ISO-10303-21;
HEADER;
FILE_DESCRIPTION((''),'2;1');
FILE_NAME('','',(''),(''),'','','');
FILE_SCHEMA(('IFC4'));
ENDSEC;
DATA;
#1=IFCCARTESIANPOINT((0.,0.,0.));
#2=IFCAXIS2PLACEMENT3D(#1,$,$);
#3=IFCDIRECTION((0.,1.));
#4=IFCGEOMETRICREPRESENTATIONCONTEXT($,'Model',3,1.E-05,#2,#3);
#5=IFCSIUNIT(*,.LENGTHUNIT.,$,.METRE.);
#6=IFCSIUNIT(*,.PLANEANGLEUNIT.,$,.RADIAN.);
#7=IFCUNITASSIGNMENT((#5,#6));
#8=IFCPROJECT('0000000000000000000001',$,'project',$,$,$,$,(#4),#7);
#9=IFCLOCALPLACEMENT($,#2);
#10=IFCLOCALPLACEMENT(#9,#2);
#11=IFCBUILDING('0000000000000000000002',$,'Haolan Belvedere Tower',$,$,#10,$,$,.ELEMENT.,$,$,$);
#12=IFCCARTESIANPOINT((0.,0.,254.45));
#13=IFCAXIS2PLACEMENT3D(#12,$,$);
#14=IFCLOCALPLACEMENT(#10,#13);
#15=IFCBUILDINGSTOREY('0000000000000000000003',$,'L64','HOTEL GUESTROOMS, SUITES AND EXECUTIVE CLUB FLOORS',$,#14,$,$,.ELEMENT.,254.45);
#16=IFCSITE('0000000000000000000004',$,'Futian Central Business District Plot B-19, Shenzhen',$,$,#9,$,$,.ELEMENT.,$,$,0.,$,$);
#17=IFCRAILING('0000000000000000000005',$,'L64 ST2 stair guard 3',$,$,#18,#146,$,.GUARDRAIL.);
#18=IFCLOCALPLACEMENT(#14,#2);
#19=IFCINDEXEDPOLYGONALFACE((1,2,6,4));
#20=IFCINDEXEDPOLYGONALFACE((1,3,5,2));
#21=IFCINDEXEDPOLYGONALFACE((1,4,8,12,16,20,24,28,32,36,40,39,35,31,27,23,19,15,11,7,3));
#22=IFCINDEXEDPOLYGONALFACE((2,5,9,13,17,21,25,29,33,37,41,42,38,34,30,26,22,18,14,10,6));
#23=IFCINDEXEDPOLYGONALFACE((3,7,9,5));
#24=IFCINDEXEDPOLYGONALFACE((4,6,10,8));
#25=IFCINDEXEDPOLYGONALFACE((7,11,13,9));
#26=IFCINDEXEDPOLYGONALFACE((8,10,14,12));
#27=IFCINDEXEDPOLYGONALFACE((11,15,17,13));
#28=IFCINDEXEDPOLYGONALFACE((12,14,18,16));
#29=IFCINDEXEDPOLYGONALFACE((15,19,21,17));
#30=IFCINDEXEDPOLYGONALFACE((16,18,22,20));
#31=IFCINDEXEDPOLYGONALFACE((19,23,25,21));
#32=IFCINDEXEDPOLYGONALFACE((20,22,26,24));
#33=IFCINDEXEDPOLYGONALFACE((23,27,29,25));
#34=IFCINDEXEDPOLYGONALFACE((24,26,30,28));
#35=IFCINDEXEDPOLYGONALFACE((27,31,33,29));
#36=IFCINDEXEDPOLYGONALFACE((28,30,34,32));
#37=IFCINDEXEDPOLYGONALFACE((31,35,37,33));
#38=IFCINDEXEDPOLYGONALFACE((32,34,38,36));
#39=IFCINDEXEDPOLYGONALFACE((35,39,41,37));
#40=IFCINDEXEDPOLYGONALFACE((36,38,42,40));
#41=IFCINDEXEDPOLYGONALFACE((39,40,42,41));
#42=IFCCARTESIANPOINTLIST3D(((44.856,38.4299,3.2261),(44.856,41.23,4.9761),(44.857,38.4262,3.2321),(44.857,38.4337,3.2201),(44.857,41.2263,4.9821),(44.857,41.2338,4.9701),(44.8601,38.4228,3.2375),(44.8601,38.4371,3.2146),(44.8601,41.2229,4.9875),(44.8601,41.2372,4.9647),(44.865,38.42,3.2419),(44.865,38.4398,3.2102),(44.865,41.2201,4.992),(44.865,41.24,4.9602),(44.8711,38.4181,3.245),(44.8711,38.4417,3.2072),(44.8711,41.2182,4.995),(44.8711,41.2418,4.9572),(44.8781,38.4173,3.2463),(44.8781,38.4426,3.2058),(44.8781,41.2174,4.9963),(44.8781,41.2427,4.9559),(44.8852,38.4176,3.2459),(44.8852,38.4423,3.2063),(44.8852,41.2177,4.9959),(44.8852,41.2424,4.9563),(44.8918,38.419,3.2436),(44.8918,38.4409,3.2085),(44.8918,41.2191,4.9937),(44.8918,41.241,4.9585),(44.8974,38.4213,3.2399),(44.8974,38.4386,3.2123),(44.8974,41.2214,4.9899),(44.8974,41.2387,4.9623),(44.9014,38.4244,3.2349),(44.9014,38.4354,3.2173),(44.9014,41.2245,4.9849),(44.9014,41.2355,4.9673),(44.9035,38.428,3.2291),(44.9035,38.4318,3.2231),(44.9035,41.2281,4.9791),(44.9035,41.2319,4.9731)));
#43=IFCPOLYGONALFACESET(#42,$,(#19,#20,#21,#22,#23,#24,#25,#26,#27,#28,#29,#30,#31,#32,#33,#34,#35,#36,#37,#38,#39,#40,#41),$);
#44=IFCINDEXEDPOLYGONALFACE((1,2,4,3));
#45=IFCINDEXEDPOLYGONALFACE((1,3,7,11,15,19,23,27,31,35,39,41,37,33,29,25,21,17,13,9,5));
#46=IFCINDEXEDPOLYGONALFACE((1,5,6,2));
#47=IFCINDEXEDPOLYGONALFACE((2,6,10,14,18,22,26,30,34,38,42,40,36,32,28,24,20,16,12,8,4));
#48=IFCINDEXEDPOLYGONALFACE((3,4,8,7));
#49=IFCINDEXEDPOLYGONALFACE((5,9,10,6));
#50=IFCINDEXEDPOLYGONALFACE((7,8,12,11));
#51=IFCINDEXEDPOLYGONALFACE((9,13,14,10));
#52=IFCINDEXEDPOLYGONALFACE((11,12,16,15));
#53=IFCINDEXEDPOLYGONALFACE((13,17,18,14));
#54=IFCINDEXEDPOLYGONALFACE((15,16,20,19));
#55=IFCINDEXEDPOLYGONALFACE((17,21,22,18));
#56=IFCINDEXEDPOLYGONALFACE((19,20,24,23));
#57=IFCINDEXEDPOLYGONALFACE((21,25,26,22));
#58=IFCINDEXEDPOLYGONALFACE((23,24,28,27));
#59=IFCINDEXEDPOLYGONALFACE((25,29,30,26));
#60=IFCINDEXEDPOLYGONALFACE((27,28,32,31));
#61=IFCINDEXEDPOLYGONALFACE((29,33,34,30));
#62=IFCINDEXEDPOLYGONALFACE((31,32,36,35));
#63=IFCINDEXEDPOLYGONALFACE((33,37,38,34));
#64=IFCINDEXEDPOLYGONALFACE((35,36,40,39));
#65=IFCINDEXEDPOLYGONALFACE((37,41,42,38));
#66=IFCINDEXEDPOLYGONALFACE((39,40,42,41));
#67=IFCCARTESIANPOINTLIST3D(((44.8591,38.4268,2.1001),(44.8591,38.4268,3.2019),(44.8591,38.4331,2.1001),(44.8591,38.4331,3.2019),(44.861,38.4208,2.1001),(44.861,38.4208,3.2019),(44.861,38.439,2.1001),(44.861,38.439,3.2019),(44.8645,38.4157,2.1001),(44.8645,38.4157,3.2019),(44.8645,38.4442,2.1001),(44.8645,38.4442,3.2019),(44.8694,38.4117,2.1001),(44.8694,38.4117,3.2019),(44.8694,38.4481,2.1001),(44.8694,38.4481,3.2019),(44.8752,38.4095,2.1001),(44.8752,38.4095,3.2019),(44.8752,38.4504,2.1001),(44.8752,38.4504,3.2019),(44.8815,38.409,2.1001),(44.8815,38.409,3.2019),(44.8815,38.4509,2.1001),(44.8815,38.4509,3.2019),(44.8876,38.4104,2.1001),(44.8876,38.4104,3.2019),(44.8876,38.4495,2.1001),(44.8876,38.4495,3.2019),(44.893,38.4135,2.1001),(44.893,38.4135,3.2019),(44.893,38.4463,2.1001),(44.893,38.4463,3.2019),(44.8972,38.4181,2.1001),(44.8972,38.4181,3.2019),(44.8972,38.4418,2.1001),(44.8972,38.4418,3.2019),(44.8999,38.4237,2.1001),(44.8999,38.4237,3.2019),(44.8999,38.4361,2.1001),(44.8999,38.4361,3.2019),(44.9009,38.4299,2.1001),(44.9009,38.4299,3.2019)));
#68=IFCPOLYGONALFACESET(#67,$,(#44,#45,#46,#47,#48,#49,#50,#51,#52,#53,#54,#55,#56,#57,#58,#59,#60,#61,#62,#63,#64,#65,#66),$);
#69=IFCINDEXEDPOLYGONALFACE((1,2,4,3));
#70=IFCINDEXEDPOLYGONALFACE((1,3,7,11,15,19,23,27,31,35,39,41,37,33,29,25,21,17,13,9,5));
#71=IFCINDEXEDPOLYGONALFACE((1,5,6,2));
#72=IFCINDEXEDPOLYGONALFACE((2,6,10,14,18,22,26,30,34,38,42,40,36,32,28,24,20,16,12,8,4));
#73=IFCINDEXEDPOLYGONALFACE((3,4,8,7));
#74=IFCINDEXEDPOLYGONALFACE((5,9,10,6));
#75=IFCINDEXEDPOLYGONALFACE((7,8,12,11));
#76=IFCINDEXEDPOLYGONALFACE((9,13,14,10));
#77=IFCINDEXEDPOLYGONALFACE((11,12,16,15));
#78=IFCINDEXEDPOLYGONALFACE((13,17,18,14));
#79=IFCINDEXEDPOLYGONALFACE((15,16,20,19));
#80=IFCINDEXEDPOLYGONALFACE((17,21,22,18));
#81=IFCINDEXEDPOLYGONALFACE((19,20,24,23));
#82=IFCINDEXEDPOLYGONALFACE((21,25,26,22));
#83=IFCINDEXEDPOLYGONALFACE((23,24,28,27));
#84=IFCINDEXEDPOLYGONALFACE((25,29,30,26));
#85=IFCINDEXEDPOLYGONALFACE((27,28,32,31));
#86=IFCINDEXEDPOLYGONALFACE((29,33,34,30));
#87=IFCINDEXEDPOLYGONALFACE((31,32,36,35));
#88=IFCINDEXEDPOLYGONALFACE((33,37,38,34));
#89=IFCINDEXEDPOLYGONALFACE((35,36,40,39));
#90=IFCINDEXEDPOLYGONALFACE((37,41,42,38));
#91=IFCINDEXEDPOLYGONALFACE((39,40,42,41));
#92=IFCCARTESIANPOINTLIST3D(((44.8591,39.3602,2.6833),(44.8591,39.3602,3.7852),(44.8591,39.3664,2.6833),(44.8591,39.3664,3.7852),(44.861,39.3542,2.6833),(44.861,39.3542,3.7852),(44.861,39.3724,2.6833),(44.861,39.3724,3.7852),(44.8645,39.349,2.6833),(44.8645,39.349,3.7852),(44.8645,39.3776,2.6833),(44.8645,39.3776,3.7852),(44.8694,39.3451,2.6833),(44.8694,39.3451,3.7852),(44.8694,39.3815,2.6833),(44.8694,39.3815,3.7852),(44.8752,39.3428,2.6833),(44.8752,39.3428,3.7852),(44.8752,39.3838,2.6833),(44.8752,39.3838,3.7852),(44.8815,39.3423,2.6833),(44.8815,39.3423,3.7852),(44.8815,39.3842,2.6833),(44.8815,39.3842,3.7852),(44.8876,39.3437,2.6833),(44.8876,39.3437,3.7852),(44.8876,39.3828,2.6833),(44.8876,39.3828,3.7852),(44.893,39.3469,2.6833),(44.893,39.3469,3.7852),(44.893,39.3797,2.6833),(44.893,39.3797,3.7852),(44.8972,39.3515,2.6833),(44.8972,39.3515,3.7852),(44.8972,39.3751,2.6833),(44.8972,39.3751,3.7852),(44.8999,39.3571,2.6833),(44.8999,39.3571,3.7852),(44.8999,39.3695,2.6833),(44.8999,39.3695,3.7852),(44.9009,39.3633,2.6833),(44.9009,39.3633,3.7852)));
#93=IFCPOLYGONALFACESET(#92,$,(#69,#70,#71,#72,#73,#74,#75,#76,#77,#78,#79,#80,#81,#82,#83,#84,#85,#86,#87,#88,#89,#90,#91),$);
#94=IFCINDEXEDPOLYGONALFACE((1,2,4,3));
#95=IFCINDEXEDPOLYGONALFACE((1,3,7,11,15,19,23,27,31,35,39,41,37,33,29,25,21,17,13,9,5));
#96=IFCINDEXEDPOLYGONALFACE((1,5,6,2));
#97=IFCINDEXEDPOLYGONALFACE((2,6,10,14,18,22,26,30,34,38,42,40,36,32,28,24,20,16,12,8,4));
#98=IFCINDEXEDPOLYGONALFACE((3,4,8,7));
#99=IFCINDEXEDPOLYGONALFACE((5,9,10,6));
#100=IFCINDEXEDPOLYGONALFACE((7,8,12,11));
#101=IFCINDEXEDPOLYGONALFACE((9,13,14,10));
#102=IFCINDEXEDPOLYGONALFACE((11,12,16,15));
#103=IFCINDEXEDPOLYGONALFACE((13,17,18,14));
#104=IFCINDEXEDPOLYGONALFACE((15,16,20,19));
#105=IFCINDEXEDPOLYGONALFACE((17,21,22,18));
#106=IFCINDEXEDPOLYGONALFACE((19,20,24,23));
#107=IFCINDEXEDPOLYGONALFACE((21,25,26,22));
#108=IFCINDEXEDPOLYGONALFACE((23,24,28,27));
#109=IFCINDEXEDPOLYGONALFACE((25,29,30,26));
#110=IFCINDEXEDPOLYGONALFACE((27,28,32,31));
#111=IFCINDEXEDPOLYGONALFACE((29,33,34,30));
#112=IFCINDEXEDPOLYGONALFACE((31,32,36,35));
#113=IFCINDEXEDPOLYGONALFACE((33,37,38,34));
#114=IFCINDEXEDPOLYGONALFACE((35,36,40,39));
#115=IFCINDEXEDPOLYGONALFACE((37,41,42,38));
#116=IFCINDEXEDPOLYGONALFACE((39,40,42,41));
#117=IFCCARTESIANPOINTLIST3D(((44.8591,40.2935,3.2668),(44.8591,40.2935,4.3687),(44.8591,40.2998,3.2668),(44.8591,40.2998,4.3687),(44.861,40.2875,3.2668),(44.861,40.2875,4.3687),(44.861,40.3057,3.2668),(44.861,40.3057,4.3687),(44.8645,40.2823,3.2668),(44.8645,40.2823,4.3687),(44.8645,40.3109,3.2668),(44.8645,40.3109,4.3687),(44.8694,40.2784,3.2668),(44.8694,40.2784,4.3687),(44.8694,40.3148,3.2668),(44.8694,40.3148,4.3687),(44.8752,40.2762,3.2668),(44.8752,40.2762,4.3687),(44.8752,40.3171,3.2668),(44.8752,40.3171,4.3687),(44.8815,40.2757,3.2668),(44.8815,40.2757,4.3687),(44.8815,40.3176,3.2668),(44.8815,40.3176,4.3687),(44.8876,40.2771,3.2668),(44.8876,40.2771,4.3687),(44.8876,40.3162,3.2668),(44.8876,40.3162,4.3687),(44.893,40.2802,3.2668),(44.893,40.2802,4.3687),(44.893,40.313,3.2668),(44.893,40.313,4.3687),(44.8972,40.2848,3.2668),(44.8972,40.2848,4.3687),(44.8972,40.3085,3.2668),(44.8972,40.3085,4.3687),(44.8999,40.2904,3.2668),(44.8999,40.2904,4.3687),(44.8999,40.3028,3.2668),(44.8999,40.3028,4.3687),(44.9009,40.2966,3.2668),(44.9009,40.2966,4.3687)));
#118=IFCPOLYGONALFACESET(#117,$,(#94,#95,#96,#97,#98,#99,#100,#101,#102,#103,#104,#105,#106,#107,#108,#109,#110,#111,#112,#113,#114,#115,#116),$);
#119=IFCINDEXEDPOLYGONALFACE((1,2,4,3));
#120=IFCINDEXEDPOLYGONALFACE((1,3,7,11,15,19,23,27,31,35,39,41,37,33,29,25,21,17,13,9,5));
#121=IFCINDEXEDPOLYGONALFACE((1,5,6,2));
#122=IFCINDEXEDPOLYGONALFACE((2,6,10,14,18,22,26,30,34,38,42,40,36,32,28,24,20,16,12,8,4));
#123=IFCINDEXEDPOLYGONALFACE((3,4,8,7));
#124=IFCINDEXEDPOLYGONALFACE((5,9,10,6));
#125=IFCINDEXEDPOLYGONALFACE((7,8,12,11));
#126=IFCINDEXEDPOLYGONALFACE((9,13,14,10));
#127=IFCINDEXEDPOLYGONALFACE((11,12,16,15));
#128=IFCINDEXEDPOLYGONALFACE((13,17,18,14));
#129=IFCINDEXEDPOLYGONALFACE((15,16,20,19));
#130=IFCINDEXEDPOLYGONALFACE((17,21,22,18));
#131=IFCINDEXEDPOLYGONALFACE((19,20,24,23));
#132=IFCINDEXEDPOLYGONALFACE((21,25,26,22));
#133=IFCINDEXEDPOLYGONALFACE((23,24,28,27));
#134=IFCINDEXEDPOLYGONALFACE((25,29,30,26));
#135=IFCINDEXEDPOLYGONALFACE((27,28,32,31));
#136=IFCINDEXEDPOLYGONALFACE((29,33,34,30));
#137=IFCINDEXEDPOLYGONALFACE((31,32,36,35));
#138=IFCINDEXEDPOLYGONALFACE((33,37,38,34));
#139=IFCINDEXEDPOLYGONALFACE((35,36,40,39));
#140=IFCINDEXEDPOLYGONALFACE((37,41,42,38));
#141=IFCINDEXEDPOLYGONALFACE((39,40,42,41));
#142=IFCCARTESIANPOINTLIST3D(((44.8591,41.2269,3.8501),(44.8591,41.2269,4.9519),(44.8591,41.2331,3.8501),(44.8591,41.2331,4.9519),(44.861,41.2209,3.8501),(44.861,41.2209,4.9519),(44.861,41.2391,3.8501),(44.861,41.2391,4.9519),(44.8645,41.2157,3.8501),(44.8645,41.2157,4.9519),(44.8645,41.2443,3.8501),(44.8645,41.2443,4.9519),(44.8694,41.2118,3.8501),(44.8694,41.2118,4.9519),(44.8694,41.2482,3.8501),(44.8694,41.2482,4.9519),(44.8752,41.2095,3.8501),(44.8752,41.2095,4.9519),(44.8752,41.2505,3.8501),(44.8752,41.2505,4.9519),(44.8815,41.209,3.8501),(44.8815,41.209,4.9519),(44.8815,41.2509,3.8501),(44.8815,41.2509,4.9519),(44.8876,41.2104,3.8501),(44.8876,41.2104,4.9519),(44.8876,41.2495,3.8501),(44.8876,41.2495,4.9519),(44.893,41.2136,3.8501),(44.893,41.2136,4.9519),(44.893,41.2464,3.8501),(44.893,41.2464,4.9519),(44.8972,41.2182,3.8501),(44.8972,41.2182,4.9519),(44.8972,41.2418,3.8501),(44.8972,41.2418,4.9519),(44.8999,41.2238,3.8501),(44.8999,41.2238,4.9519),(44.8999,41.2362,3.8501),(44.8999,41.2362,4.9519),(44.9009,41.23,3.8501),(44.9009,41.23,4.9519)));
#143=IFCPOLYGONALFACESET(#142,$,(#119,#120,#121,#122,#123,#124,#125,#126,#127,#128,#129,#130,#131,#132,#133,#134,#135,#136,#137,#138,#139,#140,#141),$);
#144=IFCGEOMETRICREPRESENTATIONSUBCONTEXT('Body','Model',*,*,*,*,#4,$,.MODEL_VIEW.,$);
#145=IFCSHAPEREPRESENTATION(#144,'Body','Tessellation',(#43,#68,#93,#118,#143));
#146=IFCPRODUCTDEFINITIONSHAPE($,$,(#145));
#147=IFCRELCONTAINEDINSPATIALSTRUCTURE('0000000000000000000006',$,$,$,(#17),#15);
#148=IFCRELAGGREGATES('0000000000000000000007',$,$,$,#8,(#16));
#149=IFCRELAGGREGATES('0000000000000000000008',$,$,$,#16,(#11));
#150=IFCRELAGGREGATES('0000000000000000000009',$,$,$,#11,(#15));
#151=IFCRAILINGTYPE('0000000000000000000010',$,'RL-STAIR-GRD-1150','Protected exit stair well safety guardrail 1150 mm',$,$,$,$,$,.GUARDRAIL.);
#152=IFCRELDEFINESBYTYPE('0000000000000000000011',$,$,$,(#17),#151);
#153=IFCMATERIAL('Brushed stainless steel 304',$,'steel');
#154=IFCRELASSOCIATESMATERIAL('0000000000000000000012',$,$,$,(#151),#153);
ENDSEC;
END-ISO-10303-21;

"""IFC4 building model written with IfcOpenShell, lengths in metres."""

from ifc_helpers import new_model, si_unit, direction, frame, origin, origin_2d, place, context, subcontext, project, spatial, circle, extrude, material, type_object, element, save


model = new_model("IFC4")

# Units and contexts
model_context = context("Model", 3, precision=1e-05, world=origin(), true_north=direction((0.0, 1.0)))
body_context = subcontext(model_context, "Body", "Model", "MODEL_VIEW")
ifc_project = project(units=[si_unit("LENGTHUNIT", "METRE"), si_unit("PLANEANGLEUNIT", "RADIAN")], contexts=[model_context])

# Site, building, storey
site_placement = place(None, origin())
site = spatial("IfcSite", under=ifc_project, at=site_placement, Name="Futian Central Business District Plot B-19, Shenzhen", CompositionType="ELEMENT", RefElevation=0.0)
building_placement = place(site_placement, origin())
building = spatial("IfcBuilding", under=site, at=building_placement, Name="Haolan Belvedere Tower", CompositionType="ELEMENT")
storey_placement = place(building_placement, frame((0.0, 0.0, 254.45)))
storey = spatial("IfcBuildingStorey", under=building, at=storey_placement, Name="L64", Description="HOTEL GUESTROOMS, SUITES AND EXECUTIVE CLUB FLOORS", CompositionType="ELEMENT", Elevation=254.45)

# Railing
ifc_material_1 = material(Name="Brushed stainless steel 304", Category="steel")
railing_type = type_object("IfcRailingType", Name="RL-STAIR-GRD-1150", Description="Protected exit stair well safety guardrail 1150 mm", PredefinedType="GUARDRAIL", material=ifc_material_1)
railing_1_placement = place(storey_placement, frame((44.8799, 38.4299, 2.1001)))
element("IfcRailing", 1, at=railing_1_placement, inside=storey, type_object=railing_type, Name="L64 ST2 stair guard 3", PredefinedType="GUARDRAIL", context=body_context, shape_type="SweptSolid", body=[
    extrude(circle(Radius=0.0239, at=origin_2d()), frame((0.0, 0.0, 1.126), z_axis=(0.0, 0.848002, 0.529992), x_axis=(-1.0, 0.0, 0.0)), (0.0, 0.0, 1.0), 3.302),
    extrude(circle(Radius=0.021, at=origin_2d()), origin(), (0.0, 0.0, 1.0), 1.1018),
    extrude(circle(Radius=0.021, at=origin_2d()), frame((0.0, 0.9333, 0.5833)), (0.0, 0.0, 1.0), 1.1018),
    extrude(circle(Radius=0.021, at=origin_2d()), frame((0.0, 1.8667, 1.1667)), (0.0, 0.0, 1.0), 1.1018),
    extrude(circle(Radius=0.021, at=origin_2d()), frame((0.0, 2.8, 1.75)), (0.0, 0.0, 1.0), 1.1018),
])

save(model, "model.ifc")
